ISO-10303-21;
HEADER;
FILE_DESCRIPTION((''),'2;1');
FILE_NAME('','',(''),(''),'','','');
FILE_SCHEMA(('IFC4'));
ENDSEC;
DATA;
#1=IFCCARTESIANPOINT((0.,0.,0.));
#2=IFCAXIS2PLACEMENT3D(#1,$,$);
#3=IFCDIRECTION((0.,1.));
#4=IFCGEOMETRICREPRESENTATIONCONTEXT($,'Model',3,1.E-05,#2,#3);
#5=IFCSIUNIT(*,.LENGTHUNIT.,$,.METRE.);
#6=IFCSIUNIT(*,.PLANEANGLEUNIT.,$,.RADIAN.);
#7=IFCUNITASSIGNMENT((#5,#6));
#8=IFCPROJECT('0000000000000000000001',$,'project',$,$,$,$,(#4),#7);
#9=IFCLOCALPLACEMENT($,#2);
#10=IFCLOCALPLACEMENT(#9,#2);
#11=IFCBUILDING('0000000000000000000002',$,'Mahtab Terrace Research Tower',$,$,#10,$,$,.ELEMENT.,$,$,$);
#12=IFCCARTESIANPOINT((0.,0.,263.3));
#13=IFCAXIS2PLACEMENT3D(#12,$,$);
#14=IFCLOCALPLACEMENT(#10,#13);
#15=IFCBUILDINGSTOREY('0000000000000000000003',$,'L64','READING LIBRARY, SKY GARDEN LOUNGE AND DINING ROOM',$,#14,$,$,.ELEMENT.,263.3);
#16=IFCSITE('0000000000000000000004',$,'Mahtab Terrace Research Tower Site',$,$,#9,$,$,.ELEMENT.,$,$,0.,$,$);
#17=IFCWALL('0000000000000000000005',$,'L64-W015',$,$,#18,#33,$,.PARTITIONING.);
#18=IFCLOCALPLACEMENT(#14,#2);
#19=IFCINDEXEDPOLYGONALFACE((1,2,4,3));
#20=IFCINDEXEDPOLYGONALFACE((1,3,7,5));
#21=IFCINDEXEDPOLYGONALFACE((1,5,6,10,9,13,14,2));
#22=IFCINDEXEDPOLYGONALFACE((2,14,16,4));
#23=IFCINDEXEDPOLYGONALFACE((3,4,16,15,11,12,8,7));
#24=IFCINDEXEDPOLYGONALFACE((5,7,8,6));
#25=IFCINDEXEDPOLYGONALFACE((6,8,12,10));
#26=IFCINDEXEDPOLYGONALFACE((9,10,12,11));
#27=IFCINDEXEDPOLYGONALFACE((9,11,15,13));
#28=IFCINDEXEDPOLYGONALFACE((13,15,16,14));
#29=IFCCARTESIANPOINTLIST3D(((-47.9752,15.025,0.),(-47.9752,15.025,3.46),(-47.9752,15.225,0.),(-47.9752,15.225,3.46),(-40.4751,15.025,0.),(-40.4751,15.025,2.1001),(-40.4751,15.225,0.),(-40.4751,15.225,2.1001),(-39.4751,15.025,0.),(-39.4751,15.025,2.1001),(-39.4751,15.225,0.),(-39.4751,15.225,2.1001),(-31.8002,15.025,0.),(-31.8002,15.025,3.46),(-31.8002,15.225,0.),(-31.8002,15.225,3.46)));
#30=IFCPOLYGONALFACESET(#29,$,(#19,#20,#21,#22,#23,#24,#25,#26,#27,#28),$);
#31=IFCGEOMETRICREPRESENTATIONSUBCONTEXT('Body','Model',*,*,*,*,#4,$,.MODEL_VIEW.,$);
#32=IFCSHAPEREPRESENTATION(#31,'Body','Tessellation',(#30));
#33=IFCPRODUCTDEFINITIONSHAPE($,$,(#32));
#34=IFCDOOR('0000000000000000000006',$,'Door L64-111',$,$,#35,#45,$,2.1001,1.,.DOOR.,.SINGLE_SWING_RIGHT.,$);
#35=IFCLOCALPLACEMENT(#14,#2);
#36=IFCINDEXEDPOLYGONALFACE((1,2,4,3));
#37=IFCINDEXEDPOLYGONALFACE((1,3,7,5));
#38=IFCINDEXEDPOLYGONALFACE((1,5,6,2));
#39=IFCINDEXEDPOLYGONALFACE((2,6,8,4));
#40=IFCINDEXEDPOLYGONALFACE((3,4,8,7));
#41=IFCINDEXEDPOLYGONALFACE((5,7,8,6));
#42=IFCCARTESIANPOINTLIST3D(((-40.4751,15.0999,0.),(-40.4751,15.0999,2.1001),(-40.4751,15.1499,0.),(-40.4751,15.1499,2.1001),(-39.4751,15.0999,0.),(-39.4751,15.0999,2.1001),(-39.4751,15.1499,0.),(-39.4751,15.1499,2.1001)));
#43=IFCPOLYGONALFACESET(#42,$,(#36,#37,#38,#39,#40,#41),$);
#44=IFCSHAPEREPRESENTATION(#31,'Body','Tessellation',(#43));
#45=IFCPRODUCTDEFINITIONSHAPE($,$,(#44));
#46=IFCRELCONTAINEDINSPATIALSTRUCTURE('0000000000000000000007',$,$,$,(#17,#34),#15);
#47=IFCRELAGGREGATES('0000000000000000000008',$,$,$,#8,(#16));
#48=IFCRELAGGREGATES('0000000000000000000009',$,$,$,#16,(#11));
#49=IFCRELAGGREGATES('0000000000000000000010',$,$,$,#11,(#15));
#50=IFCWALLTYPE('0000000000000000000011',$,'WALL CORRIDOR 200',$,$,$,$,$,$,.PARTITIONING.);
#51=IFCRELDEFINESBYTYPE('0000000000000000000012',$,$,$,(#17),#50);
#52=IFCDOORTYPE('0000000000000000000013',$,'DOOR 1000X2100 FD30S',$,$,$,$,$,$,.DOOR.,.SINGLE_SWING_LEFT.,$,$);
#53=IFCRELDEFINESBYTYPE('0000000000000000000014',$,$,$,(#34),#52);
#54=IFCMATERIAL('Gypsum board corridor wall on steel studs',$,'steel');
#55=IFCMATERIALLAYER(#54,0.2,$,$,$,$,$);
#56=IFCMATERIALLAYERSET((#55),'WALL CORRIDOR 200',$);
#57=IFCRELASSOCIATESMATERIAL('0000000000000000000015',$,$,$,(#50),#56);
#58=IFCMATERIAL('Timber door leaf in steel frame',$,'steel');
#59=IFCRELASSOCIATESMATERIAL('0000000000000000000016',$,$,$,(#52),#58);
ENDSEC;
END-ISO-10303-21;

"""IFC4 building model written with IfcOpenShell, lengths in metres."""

from ifc_helpers import new_model, si_unit, direction, frame, frame_2d, origin, place, context, subcontext, project, spatial, rectangle, extrude, material, layer, layer_set, type_object, element, fill, save


model = new_model("IFC4")

# Units and contexts
model_context = context("Model", 3, precision=1e-05, world=origin(), true_north=direction((0.0, 1.0)))
body_context = subcontext(model_context, "Body", "Model", "MODEL_VIEW")
ifc_project = project(units=[si_unit("LENGTHUNIT", "METRE"), si_unit("PLANEANGLEUNIT", "RADIAN")], contexts=[model_context])

# Site, building, storey
site_placement = place(None, origin())
site = spatial("IfcSite", under=ifc_project, at=site_placement, Name="Mahtab Terrace Research Tower Site", CompositionType="ELEMENT", RefElevation=0.0)
building_placement = place(site_placement, origin())
building = spatial("IfcBuilding", under=site, at=building_placement, Name="Mahtab Terrace Research Tower", CompositionType="ELEMENT")
storey_placement = place(building_placement, frame((0.0, 0.0, 263.3)))
storey = spatial("IfcBuildingStorey", under=building, at=storey_placement, Name="L64", Description="READING LIBRARY, SKY GARDEN LOUNGE AND DINING ROOM", CompositionType="ELEMENT", Elevation=263.3)

# Wall, opening, door
ifc_material_1 = material(Name="Gypsum board corridor wall on steel studs", Category="steel")
ifc_layer = layer(ifc_material_1, 0.2)
ifc_layer_set = layer_set([ifc_layer], Name="WALL CORRIDOR 200")
wall_type = type_object("IfcWallType", Name="WALL CORRIDOR 200", PredefinedType="PARTITIONING", material=ifc_layer_set)
wall_placement = place(storey_placement, frame((-47.9751, 15.125, 0.0), z_axis=(0.0, 0.0, 1.0), x_axis=(1.0, 0.0, 0.0)))
wall = element("IfcWall", 1, at=wall_placement, inside=storey, type_object=wall_type, Name="L64-W015", PredefinedType="PARTITIONING", context=body_context, shape_type="SweptSolid", body=[
    extrude(rectangle(XDim=16.175, YDim=0.2, at=frame_2d((8.0874, 0.0))), origin(), (0.0, 0.0, 1.0), 3.46),
])
opening_placement = place(wall_placement, frame((7.5, 0.0, 0.0)))
opening = element("IfcOpeningElement", 2, at=opening_placement, cuts=wall, PredefinedType="OPENING", context=body_context, shape_type="SweptSolid", body=[
    extrude(rectangle(XDim=1.0, YDim=2.1001, at=frame_2d((0.5, 1.05))), frame((0.0, 0.1099, 0.0), z_axis=(0.0, -1.0, 0.0), x_axis=(1.0, 0.0, 0.0)), (0.0, 0.0, 1.0), 0.22),
])
ifc_material_2 = material(Name="Timber door leaf in steel frame", Category="steel")
door_type = type_object("IfcDoorType", Name="DOOR 1000X2100 FD30S", OperationType="SINGLE_SWING_LEFT", PredefinedType="DOOR", material=ifc_material_2)
door_placement = place(opening_placement, origin())
door = element("IfcDoor", 3, at=door_placement, inside=storey, type_object=door_type, Name="Door L64-111", OperationType="SINGLE_SWING_RIGHT", OverallHeight=2.1001, OverallWidth=1.0, PredefinedType="DOOR", context=body_context, shape_type="SweptSolid", body=[
    extrude(rectangle(XDim=1.0, YDim=2.1001, at=frame_2d((0.5, 1.05))), frame((0.0, 0.0249, 0.0), z_axis=(0.0, -1.0, 0.0), x_axis=(1.0, 0.0, 0.0)), (0.0, 0.0, 1.0), 0.05),
])
fill(opening, door)

save(model, "model.ifc")
